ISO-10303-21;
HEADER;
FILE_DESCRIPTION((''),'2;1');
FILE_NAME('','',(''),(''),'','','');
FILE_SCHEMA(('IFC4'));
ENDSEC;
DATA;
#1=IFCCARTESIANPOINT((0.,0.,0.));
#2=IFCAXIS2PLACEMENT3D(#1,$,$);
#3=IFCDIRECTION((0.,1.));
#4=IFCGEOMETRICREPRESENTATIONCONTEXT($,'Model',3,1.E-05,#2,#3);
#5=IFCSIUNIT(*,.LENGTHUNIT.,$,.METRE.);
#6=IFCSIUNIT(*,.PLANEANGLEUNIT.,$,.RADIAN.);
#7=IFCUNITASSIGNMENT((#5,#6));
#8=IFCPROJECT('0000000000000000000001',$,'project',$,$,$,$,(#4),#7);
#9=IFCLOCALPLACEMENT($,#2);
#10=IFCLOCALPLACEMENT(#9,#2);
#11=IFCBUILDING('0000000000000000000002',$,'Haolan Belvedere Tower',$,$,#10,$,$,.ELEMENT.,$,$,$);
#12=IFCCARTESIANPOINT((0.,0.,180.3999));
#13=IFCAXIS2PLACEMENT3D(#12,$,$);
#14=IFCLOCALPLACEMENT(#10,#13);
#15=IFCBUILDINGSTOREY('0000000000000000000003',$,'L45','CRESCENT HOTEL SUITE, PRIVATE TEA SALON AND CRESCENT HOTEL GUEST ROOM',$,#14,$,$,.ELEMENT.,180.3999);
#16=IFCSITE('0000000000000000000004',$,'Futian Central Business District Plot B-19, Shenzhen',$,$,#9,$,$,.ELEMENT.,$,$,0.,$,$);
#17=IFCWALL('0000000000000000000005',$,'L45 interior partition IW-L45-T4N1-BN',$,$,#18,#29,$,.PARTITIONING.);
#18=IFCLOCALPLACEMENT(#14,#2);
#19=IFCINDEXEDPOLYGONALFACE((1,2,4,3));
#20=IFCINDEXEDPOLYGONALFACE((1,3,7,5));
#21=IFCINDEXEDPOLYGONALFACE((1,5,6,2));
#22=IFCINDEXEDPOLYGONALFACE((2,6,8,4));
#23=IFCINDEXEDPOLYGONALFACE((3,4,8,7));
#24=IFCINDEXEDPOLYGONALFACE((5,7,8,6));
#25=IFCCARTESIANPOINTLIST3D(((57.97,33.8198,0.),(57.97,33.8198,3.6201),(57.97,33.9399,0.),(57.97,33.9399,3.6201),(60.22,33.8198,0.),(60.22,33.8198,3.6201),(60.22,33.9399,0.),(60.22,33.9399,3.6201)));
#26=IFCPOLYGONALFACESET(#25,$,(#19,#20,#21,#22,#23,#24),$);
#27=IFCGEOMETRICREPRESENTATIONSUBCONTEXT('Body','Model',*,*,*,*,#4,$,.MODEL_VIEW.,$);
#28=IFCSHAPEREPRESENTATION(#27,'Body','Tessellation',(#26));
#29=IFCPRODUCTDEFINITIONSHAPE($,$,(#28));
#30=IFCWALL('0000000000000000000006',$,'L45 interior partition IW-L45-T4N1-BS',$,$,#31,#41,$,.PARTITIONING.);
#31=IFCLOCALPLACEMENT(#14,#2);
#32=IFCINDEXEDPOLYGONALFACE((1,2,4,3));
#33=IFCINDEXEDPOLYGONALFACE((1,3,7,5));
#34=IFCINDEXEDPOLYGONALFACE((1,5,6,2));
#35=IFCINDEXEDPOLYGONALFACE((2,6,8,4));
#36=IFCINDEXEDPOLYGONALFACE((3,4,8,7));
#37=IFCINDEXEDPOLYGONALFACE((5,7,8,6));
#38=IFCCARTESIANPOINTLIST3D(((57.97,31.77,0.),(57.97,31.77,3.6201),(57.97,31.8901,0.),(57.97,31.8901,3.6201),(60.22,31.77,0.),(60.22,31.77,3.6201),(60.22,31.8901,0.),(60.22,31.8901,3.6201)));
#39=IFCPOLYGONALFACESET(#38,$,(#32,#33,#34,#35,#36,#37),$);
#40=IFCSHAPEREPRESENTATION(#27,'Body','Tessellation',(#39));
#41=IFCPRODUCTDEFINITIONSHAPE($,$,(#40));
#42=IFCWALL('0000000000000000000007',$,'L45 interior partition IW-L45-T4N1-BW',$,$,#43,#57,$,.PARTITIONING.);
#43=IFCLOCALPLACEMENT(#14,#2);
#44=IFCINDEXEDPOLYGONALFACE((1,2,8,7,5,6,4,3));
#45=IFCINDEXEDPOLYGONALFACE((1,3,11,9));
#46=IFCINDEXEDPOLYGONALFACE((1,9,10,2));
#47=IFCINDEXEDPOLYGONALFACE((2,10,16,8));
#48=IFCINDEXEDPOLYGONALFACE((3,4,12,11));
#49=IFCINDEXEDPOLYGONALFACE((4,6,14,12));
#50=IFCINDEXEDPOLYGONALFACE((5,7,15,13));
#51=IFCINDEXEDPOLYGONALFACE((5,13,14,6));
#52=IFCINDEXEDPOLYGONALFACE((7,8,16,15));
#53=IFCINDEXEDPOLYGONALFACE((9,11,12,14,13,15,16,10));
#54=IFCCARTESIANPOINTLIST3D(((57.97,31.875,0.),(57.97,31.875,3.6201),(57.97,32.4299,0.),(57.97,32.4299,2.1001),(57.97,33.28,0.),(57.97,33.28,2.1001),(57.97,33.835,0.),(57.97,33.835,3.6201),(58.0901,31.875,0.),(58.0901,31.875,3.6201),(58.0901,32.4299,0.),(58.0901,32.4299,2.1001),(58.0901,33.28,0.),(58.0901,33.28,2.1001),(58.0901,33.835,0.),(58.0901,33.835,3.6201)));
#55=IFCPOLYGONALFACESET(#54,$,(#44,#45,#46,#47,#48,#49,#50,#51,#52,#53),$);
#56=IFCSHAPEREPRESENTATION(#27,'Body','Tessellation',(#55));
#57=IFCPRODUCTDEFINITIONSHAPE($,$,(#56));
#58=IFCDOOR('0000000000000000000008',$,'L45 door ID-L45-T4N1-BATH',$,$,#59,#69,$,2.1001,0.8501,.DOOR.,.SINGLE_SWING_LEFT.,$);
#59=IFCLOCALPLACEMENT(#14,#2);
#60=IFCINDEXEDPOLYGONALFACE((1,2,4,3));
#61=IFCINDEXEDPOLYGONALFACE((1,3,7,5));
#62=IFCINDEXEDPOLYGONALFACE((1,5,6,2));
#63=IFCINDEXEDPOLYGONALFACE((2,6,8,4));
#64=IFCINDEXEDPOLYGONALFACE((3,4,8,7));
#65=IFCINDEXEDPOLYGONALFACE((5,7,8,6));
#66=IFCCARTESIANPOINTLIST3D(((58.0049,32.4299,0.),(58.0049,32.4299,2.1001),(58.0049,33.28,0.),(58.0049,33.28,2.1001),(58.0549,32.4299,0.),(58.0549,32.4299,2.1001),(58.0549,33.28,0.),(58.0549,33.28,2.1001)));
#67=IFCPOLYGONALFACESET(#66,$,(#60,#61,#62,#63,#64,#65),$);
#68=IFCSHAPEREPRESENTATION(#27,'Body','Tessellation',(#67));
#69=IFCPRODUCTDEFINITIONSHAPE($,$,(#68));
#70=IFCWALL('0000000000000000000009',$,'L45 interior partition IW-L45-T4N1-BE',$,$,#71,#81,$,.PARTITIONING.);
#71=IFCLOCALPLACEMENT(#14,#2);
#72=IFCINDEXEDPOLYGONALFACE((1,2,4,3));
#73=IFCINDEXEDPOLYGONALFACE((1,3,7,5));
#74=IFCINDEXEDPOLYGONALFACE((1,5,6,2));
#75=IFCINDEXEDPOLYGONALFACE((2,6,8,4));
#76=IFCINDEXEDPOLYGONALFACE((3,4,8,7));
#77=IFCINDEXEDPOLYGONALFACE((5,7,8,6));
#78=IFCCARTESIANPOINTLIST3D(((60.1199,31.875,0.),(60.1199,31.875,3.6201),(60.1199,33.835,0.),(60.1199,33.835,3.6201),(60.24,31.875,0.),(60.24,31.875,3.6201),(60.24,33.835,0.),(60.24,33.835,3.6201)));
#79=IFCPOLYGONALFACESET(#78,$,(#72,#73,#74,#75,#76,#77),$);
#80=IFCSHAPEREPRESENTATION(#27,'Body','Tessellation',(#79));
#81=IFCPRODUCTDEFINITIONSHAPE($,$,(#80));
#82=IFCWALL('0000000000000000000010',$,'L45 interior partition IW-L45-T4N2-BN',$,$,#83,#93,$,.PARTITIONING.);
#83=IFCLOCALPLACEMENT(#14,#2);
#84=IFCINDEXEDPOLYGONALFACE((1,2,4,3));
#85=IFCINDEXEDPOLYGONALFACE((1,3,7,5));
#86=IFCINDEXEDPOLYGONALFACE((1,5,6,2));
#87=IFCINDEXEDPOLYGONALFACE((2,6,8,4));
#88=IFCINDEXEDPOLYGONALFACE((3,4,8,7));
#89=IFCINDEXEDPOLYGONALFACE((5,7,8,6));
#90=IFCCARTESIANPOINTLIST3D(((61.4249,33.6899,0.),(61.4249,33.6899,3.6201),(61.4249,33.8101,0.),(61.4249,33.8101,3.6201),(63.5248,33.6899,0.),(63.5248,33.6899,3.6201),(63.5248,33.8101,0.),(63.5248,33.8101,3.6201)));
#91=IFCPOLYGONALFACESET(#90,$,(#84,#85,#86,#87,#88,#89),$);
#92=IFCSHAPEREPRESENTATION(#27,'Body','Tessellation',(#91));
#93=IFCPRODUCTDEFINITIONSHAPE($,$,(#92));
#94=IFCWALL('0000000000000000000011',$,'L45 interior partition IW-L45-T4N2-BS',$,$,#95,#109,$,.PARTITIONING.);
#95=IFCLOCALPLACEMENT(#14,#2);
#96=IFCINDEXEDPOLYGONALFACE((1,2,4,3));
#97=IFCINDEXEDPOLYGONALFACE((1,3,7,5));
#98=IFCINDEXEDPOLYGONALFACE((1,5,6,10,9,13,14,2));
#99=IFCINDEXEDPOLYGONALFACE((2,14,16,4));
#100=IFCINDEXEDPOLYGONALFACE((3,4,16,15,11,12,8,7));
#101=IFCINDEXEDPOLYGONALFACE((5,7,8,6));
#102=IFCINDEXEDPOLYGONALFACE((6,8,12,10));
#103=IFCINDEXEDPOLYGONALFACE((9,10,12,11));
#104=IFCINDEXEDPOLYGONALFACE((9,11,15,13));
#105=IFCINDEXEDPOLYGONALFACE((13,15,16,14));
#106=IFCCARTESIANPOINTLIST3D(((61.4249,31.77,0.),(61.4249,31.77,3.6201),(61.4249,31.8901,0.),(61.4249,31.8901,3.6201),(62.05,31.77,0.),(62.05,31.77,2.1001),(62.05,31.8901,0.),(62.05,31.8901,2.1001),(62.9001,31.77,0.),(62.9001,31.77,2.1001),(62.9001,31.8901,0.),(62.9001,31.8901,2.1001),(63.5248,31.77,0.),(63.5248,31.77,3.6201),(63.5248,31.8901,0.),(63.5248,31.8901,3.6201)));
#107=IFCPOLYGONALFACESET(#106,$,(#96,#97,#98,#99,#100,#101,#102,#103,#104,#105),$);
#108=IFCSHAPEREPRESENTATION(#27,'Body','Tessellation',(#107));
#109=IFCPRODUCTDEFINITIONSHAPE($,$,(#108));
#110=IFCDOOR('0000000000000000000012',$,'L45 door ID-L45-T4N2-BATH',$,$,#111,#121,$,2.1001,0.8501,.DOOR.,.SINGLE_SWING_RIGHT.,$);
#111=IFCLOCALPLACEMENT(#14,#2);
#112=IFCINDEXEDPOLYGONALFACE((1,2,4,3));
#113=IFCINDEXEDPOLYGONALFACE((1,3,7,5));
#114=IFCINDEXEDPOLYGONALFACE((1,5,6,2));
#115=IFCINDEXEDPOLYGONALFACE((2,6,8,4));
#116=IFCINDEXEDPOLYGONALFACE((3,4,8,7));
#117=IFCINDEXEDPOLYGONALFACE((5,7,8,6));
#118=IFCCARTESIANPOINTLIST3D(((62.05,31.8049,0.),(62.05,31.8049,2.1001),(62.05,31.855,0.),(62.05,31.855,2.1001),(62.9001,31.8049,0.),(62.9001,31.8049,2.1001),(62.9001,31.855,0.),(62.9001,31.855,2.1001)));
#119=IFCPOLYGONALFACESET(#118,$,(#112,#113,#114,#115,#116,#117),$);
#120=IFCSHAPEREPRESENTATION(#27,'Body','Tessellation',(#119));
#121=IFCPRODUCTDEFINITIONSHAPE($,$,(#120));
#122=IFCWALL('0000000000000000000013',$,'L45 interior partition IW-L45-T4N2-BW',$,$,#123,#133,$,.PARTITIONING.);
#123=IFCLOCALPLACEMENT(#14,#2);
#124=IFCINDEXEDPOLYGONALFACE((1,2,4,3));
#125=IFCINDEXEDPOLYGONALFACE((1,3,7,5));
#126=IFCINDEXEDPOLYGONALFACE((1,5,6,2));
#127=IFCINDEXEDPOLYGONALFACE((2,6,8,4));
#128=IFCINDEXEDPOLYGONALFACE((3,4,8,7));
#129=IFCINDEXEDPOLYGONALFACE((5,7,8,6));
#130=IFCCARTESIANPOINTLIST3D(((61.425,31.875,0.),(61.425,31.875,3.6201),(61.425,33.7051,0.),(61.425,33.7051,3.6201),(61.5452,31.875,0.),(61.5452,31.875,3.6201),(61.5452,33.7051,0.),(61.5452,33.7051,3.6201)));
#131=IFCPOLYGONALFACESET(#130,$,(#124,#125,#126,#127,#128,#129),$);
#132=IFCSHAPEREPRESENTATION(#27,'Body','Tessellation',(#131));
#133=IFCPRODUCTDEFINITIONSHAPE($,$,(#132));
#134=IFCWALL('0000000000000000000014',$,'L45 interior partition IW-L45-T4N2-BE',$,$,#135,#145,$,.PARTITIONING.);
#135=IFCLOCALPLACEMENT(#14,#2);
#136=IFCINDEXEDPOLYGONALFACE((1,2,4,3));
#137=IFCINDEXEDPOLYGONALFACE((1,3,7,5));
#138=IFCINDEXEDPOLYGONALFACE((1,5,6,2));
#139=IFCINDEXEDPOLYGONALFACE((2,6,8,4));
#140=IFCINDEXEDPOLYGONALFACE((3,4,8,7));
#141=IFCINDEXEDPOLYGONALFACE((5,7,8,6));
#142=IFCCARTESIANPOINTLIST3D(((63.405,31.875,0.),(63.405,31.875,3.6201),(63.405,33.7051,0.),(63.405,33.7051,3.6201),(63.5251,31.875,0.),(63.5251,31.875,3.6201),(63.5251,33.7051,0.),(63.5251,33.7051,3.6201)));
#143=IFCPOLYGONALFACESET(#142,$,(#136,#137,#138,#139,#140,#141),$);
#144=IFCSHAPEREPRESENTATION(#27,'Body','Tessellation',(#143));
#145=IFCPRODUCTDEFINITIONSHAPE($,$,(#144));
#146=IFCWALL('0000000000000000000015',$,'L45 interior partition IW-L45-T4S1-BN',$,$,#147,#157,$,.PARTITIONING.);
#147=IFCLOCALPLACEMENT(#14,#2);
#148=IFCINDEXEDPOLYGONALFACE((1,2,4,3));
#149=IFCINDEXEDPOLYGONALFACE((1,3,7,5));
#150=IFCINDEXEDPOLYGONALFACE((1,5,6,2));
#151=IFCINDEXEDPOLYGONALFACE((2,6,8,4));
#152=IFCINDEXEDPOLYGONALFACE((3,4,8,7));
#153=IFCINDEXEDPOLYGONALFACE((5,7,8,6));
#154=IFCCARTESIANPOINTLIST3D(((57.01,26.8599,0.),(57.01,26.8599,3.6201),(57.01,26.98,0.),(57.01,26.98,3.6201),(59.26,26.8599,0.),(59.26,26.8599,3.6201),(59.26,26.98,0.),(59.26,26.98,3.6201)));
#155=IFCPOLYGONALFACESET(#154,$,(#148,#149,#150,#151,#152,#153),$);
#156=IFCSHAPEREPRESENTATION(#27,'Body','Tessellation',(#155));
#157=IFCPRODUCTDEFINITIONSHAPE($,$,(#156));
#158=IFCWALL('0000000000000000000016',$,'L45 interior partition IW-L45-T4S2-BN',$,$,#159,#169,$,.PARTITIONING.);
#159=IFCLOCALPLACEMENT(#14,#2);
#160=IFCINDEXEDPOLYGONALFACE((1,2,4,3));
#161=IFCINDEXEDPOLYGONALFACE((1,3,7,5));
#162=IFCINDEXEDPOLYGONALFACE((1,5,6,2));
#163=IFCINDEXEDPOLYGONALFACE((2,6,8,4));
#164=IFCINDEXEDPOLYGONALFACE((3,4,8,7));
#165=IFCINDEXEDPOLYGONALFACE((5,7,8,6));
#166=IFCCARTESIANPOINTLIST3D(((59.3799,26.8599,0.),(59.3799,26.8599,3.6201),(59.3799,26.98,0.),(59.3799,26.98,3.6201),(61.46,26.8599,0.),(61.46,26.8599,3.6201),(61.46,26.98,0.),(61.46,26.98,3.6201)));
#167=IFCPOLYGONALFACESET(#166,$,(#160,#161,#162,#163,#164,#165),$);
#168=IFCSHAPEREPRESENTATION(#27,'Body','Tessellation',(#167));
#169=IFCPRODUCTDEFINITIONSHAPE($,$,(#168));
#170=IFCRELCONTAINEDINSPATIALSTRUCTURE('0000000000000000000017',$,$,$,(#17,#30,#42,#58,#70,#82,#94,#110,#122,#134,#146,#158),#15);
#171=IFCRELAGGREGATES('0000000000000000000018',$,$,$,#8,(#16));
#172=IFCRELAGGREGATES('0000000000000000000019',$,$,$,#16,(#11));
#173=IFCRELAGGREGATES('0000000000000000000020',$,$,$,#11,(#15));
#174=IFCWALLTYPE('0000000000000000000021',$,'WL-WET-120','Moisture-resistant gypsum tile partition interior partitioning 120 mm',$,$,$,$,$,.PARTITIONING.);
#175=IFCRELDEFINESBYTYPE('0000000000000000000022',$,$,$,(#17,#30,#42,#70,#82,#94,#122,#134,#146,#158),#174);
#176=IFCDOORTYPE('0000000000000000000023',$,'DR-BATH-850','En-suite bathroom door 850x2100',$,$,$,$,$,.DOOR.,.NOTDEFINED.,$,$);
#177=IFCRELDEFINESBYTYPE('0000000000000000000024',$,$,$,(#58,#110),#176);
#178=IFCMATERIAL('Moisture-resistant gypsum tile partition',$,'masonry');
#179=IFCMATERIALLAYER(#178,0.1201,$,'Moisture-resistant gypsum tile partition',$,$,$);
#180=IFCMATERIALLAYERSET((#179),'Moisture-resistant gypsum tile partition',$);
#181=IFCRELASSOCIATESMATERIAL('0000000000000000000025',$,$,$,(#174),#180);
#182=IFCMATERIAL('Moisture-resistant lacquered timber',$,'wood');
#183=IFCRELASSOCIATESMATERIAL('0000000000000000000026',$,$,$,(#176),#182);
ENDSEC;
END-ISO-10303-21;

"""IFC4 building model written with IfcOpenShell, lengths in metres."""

from ifc_helpers import new_model, si_unit, direction, frame, frame_2d, origin, place, context, subcontext, project, spatial, rectangle, extrude, material, layer, layer_set, type_object, element, fill, save


model = new_model("IFC4")

# Units and contexts
model_context = context("Model", 3, precision=1e-05, world=origin(), true_north=direction((0.0, 1.0)))
body_context = subcontext(model_context, "Body", "Model", "MODEL_VIEW")
ifc_project = project(units=[si_unit("LENGTHUNIT", "METRE"), si_unit("PLANEANGLEUNIT", "RADIAN")], contexts=[model_context])

# Site, building, storey
site_placement = place(None, origin())
site = spatial("IfcSite", under=ifc_project, at=site_placement, Name="Futian Central Business District Plot B-19, Shenzhen", CompositionType="ELEMENT", RefElevation=0.0)
building_placement = place(site_placement, origin())
building = spatial("IfcBuilding", under=site, at=building_placement, Name="Haolan Belvedere Tower", CompositionType="ELEMENT")
storey_placement = place(building_placement, frame((0.0, 0.0, 180.3999)))
storey = spatial("IfcBuildingStorey", under=building, at=storey_placement, Name="L45", Description="CRESCENT HOTEL SUITE, PRIVATE TEA SALON AND CRESCENT HOTEL GUEST ROOM", CompositionType="ELEMENT", Elevation=180.3999)

# Walls
ifc_material_1 = material(Name="Moisture-resistant gypsum tile partition", Category="masonry")
ifc_layer_1 = layer(ifc_material_1, 0.1201, Name="Moisture-resistant gypsum tile partition")
ifc_layer_set_1 = layer_set([ifc_layer_1], Name="Moisture-resistant gypsum tile partition")
wall_type_1 = type_object("IfcWallType", Name="WL-WET-120", Description="Moisture-resistant gypsum tile partition interior partitioning 120 mm", PredefinedType="PARTITIONING", material=ifc_layer_set_1)
for number, where, z_axis, x_axis, name in (
    (1, (57.97, 33.8799, 0.0), (0.0, 0.0, 1.0), (1.0, 0.0, 0.0), "L45 interior partition IW-L45-T4N1-BN"),
    (2, (57.97, 31.8301, 0.0), (0.0, 0.0, 1.0), (1.0, 0.0, 0.0), "L45 interior partition IW-L45-T4N1-BS"),
):
    element("IfcWall", number, at=place(storey_placement, frame(where, z_axis=z_axis, x_axis=x_axis)), inside=storey, type_object=wall_type_1, Name=name, PredefinedType="PARTITIONING", context=body_context, shape_type="SweptSolid", body=[
        extrude(rectangle(XDim=2.25, YDim=0.1201, at=frame_2d((1.125, 0.0))), origin(), (0.0, 0.0, 1.0), 3.6201),
    ])

# Wall, opening, door
wall_1_placement = place(storey_placement, frame((58.03, 31.875, 0.0), z_axis=(0.0, 0.0, 1.0), x_axis=(0.0, 1.0, 0.0)))
wall_1 = element("IfcWall", 3, at=wall_1_placement, inside=storey, type_object=wall_type_1, Name="L45 interior partition IW-L45-T4N1-BW", PredefinedType="PARTITIONING", context=body_context, shape_type="SweptSolid", body=[
    extrude(rectangle(XDim=1.96, YDim=0.1201, at=frame_2d((0.98, 0.0))), origin(), (0.0, 0.0, 1.0), 3.6201),
])
opening_1_placement = place(wall_1_placement, frame((1.405, 0.0, 0.0), z_axis=(0.0, 0.0, 1.0), x_axis=(-1.0, 0.0, 0.0)))
opening_1 = element("IfcOpeningElement", 4, at=opening_1_placement, cuts=wall_1, PredefinedType="OPENING", context=body_context, shape_type="SweptSolid", body=[
    extrude(rectangle(XDim=0.8501, YDim=2.1001, at=frame_2d((0.425, 1.05))), frame((0.0, 0.0701, 0.0), z_axis=(0.0, -1.0, 0.0), x_axis=(1.0, 0.0, 0.0)), (0.0, 0.0, 1.0), 0.1401),
])
ifc_material_2 = material(Name="Moisture-resistant lacquered timber", Category="wood")
door_type_1 = type_object("IfcDoorType", Name="DR-BATH-850", Description="En-suite bathroom door 850x2100", OperationType="NOTDEFINED", PredefinedType="DOOR", material=ifc_material_2)
door_1_placement = place(opening_1_placement, origin())
door_1 = element("IfcDoor", 5, at=door_1_placement, inside=storey, type_object=door_type_1, Name="L45 door ID-L45-T4N1-BATH", OperationType="SINGLE_SWING_LEFT", OverallHeight=2.1001, OverallWidth=0.8501, PredefinedType="DOOR", context=body_context, shape_type="SweptSolid", body=[
    extrude(rectangle(XDim=0.8501, YDim=2.1001, at=frame_2d((0.425, 1.05))), frame((0.0, 0.0249, 0.0), z_axis=(0.0, -1.0, 0.0), x_axis=(1.0, 0.0, 0.0)), (0.0, 0.0, 1.0), 0.05),
])
fill(opening_1, door_1)

# Walls
wall_2_placement = place(storey_placement, frame((60.1799, 31.875, 0.0), z_axis=(0.0, 0.0, 1.0), x_axis=(0.0, 1.0, 0.0)))
element("IfcWall", 6, at=wall_2_placement, inside=storey, type_object=wall_type_1, Name="L45 interior partition IW-L45-T4N1-BE", PredefinedType="PARTITIONING", context=body_context, shape_type="SweptSolid", body=[
    extrude(rectangle(XDim=1.96, YDim=0.1201, at=frame_2d((0.98, 0.0))), origin(), (0.0, 0.0, 1.0), 3.6201),
])
wall_3_placement = place(storey_placement, frame((61.425, 33.75, 0.0), z_axis=(0.0, 0.0, 1.0), x_axis=(1.0, 0.0, 0.0)))
element("IfcWall", 7, at=wall_3_placement, inside=storey, type_object=wall_type_1, Name="L45 interior partition IW-L45-T4N2-BN", PredefinedType="PARTITIONING", context=body_context, shape_type="SweptSolid", body=[
    extrude(rectangle(XDim=2.0999, YDim=0.1201, at=frame_2d((1.0498, 0.0))), origin(), (0.0, 0.0, 1.0), 3.6201),
])

# Wall, opening, door
wall_4_placement = place(storey_placement, frame((61.425, 31.8301, 0.0), z_axis=(0.0, 0.0, 1.0), x_axis=(1.0, 0.0, 0.0)))
wall_4 = element("IfcWall", 8, at=wall_4_placement, inside=storey, type_object=wall_type_1, Name="L45 interior partition IW-L45-T4N2-BS", PredefinedType="PARTITIONING", context=body_context, shape_type="SweptSolid", body=[
    extrude(rectangle(XDim=2.0999, YDim=0.1201, at=frame_2d((1.0498, 0.0))), origin(), (0.0, 0.0, 1.0), 3.6201),
])
opening_2_placement = place(wall_4_placement, frame((0.625, 0.0, 0.0)))
opening_2 = element("IfcOpeningElement", 9, at=opening_2_placement, cuts=wall_4, PredefinedType="OPENING", context=body_context, shape_type="SweptSolid", body=[
    extrude(rectangle(XDim=0.8501, YDim=2.1001, at=frame_2d((0.425, 1.05))), frame((0.0, 0.0701, 0.0), z_axis=(0.0, -1.0, 0.0), x_axis=(1.0, 0.0, 0.0)), (0.0, 0.0, 1.0), 0.1401),
])
door_2_placement = place(opening_2_placement, origin())
door_2 = element("IfcDoor", 10, at=door_2_placement, inside=storey, type_object=door_type_1, Name="L45 door ID-L45-T4N2-BATH", OperationType="SINGLE_SWING_RIGHT", OverallHeight=2.1001, OverallWidth=0.8501, PredefinedType="DOOR", context=body_context, shape_type="SweptSolid", body=[
    extrude(rectangle(XDim=0.8501, YDim=2.1001, at=frame_2d((0.425, 1.05))), frame((0.0, 0.0249, 0.0), z_axis=(0.0, -1.0, 0.0), x_axis=(1.0, 0.0, 0.0)), (0.0, 0.0, 1.0), 0.05),
])
fill(opening_2, door_2)

# Walls
for number, where, z_axis, x_axis, name in (
    (11, (61.4851, 31.875, 0.0), (0.0, 0.0, 1.0), (0.0, 1.0, 0.0), "L45 interior partition IW-L45-T4N2-BW"),
    (12, (63.4651, 31.875, 0.0), (0.0, 0.0, 1.0), (0.0, 1.0, 0.0), "L45 interior partition IW-L45-T4N2-BE"),
):
    element("IfcWall", number, at=place(storey_placement, frame(where, z_axis=z_axis, x_axis=x_axis)), inside=storey, type_object=wall_type_1, Name=name, PredefinedType="PARTITIONING", context=body_context, shape_type="SweptSolid", body=[
        extrude(rectangle(XDim=1.8301, YDim=0.1201, at=frame_2d((0.915, 0.0))), origin(), (0.0, 0.0, 1.0), 3.6201),
    ])
wall_5_placement = place(storey_placement, frame((57.01, 26.9199, 0.0), z_axis=(0.0, 0.0, 1.0), x_axis=(1.0, 0.0, 0.0)))
element("IfcWall", 13, at=wall_5_placement, inside=storey, type_object=wall_type_1, Name="L45 interior partition IW-L45-T4S1-BN", PredefinedType="PARTITIONING", context=body_context, shape_type="SweptSolid", body=[
    extrude(rectangle(XDim=2.25, YDim=0.1201, at=frame_2d((1.125, 0.0))), origin(), (0.0, 0.0, 1.0), 3.6201),
])
wall_6_placement = place(storey_placement, frame((59.3799, 26.9199, 0.0), z_axis=(0.0, 0.0, 1.0), x_axis=(1.0, 0.0, 0.0)))
element("IfcWall", 14, at=wall_6_placement, inside=storey, type_object=wall_type_1, Name="L45 interior partition IW-L45-T4S2-BN", PredefinedType="PARTITIONING", context=body_context, shape_type="SweptSolid", body=[
    extrude(rectangle(XDim=2.0801, YDim=0.1201, at=frame_2d((1.04, 0.0))), origin(), (0.0, 0.0, 1.0), 3.6201),
])

save(model, "model.ifc")
